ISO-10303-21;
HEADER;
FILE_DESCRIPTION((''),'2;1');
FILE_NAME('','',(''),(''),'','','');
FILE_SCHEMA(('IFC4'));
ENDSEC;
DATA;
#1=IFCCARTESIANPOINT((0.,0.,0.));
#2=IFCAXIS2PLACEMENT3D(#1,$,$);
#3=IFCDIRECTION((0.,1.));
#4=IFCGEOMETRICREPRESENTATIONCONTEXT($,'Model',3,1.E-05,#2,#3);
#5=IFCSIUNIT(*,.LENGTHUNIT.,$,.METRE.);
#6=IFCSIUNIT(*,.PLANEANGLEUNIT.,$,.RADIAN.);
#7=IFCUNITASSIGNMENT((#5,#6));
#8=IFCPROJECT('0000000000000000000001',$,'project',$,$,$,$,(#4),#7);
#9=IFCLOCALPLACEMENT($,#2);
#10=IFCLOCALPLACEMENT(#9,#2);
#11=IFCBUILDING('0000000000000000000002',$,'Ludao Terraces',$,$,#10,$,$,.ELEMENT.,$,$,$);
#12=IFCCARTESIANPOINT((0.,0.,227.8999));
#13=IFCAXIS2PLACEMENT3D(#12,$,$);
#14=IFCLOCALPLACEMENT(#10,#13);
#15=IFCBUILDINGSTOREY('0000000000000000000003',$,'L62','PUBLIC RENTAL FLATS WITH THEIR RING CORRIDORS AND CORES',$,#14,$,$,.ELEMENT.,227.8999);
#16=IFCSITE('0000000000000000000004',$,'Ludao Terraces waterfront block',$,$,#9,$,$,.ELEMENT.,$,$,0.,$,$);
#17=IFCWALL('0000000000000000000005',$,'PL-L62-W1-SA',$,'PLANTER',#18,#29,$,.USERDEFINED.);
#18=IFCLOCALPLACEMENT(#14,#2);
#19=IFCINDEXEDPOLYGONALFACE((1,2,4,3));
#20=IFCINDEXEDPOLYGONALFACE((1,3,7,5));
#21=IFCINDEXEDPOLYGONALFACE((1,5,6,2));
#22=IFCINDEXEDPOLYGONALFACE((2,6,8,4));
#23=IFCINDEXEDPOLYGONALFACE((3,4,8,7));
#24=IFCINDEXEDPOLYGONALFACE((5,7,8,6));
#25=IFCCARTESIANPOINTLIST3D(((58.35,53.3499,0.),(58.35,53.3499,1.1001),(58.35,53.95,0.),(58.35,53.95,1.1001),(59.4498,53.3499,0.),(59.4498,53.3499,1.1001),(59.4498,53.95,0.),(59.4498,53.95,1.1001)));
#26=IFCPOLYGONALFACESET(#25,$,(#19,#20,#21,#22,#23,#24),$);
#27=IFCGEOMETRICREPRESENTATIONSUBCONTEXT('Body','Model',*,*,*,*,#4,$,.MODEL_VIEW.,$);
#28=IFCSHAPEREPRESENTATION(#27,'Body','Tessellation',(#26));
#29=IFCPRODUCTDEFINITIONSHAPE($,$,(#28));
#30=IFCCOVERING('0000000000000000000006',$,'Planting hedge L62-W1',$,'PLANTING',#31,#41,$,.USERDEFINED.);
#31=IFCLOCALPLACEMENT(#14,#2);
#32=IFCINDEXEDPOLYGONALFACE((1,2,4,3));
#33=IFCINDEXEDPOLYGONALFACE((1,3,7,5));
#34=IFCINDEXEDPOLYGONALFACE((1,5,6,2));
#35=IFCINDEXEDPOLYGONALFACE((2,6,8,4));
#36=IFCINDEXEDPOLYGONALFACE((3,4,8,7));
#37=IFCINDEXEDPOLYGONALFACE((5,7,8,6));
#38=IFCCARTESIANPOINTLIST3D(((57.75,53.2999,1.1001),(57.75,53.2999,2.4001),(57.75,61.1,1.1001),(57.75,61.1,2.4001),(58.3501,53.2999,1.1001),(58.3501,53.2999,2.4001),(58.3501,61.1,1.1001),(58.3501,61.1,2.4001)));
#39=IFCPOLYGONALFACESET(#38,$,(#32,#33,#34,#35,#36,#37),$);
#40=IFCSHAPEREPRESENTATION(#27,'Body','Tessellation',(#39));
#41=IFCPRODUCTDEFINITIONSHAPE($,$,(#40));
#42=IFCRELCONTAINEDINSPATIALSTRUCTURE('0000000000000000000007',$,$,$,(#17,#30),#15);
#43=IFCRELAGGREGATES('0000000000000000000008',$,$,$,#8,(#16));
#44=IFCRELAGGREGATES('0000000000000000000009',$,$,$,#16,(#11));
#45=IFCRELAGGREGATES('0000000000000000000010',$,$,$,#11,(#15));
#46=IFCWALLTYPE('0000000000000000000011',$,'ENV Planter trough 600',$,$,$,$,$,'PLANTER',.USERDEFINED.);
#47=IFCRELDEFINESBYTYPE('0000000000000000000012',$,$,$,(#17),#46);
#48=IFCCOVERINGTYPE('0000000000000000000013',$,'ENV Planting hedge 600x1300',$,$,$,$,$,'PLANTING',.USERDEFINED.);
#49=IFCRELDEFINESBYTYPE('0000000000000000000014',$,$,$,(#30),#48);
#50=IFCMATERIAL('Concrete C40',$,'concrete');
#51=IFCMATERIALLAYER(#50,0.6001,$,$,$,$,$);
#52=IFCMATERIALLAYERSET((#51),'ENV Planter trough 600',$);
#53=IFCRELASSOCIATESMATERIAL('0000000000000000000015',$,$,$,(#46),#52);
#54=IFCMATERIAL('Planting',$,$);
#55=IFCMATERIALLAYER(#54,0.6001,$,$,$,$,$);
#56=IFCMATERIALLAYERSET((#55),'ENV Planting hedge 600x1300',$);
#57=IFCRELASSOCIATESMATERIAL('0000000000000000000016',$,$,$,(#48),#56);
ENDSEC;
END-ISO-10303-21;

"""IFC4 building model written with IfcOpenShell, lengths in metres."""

from ifc_helpers import new_model, si_unit, direction, frame, frame_2d, origin, origin_2d, place, context, subcontext, project, spatial, rectangle, extrude, material, layer, layer_set, type_object, element, save


model = new_model("IFC4")

# Units and contexts
model_context = context("Model", 3, precision=1e-05, world=origin(), true_north=direction((0.0, 1.0)))
body_context = subcontext(model_context, "Body", "Model", "MODEL_VIEW")
ifc_project = project(units=[si_unit("LENGTHUNIT", "METRE"), si_unit("PLANEANGLEUNIT", "RADIAN")], contexts=[model_context])

# Site, building, storey
site_placement = place(None, origin())
site = spatial("IfcSite", under=ifc_project, at=site_placement, Name="Ludao Terraces waterfront block", CompositionType="ELEMENT", RefElevation=0.0)
building_placement = place(site_placement, origin())
building = spatial("IfcBuilding", under=site, at=building_placement, Name="Ludao Terraces", CompositionType="ELEMENT")
storey_placement = place(building_placement, frame((0.0, 0.0, 227.8999)))
storey = spatial("IfcBuildingStorey", under=building, at=storey_placement, Name="L62", Description="PUBLIC RENTAL FLATS WITH THEIR RING CORRIDORS AND CORES", CompositionType="ELEMENT", Elevation=227.8999)

# Shared definitions
ifc_material_1 = material(Name="Concrete C40", Category="concrete")

# Wall
ifc_layer_1 = layer(ifc_material_1, 0.6001)
ifc_layer_set_1 = layer_set([ifc_layer_1], Name="ENV Planter trough 600")
wall_type = type_object("IfcWallType", Name="ENV Planter trough 600", ElementType="PLANTER", PredefinedType="USERDEFINED", material=ifc_layer_set_1)
wall_1_placement = place(storey_placement, frame((58.3501, 53.6499, 0.0), z_axis=(0.0, 0.0, 1.0), x_axis=(1.0, 0.0, 0.0)))
element("IfcWall", 1, at=wall_1_placement, inside=storey, type_object=wall_type, Name="PL-L62-W1-SA", ObjectType="PLANTER", PredefinedType="USERDEFINED", context=body_context, shape_type="SweptSolid", body=[
    extrude(rectangle(XDim=1.0999, YDim=0.6001, at=frame_2d((0.5498, 0.0))), origin(), (0.0, 0.0, 1.0), 1.1001),
])

# Covering
ifc_material_2 = material(Name="Planting")
ifc_layer_2 = layer(ifc_material_2, 0.6001)
ifc_layer_set_2 = layer_set([ifc_layer_2], Name="ENV Planting hedge 600x1300")
covering_type = type_object("IfcCoveringType", Name="ENV Planting hedge 600x1300", ElementType="PLANTING", PredefinedType="USERDEFINED", material=ifc_layer_set_2)
covering_placement = place(storey_placement, frame((58.05, 57.2, 1.1001), z_axis=(0.0, 0.0, 1.0), x_axis=(1.0, 0.0, 0.0)))
element("IfcCovering", 2, at=covering_placement, inside=storey, type_object=covering_type, Name="Planting hedge L62-W1", ObjectType="PLANTING", PredefinedType="USERDEFINED", context=body_context, shape_type="SweptSolid", body=[
    extrude(rectangle(XDim=0.6001, YDim=7.8, at=origin_2d()), origin(), (0.0, 0.0, 1.0), 1.3),
])

save(model, "model.ifc")
